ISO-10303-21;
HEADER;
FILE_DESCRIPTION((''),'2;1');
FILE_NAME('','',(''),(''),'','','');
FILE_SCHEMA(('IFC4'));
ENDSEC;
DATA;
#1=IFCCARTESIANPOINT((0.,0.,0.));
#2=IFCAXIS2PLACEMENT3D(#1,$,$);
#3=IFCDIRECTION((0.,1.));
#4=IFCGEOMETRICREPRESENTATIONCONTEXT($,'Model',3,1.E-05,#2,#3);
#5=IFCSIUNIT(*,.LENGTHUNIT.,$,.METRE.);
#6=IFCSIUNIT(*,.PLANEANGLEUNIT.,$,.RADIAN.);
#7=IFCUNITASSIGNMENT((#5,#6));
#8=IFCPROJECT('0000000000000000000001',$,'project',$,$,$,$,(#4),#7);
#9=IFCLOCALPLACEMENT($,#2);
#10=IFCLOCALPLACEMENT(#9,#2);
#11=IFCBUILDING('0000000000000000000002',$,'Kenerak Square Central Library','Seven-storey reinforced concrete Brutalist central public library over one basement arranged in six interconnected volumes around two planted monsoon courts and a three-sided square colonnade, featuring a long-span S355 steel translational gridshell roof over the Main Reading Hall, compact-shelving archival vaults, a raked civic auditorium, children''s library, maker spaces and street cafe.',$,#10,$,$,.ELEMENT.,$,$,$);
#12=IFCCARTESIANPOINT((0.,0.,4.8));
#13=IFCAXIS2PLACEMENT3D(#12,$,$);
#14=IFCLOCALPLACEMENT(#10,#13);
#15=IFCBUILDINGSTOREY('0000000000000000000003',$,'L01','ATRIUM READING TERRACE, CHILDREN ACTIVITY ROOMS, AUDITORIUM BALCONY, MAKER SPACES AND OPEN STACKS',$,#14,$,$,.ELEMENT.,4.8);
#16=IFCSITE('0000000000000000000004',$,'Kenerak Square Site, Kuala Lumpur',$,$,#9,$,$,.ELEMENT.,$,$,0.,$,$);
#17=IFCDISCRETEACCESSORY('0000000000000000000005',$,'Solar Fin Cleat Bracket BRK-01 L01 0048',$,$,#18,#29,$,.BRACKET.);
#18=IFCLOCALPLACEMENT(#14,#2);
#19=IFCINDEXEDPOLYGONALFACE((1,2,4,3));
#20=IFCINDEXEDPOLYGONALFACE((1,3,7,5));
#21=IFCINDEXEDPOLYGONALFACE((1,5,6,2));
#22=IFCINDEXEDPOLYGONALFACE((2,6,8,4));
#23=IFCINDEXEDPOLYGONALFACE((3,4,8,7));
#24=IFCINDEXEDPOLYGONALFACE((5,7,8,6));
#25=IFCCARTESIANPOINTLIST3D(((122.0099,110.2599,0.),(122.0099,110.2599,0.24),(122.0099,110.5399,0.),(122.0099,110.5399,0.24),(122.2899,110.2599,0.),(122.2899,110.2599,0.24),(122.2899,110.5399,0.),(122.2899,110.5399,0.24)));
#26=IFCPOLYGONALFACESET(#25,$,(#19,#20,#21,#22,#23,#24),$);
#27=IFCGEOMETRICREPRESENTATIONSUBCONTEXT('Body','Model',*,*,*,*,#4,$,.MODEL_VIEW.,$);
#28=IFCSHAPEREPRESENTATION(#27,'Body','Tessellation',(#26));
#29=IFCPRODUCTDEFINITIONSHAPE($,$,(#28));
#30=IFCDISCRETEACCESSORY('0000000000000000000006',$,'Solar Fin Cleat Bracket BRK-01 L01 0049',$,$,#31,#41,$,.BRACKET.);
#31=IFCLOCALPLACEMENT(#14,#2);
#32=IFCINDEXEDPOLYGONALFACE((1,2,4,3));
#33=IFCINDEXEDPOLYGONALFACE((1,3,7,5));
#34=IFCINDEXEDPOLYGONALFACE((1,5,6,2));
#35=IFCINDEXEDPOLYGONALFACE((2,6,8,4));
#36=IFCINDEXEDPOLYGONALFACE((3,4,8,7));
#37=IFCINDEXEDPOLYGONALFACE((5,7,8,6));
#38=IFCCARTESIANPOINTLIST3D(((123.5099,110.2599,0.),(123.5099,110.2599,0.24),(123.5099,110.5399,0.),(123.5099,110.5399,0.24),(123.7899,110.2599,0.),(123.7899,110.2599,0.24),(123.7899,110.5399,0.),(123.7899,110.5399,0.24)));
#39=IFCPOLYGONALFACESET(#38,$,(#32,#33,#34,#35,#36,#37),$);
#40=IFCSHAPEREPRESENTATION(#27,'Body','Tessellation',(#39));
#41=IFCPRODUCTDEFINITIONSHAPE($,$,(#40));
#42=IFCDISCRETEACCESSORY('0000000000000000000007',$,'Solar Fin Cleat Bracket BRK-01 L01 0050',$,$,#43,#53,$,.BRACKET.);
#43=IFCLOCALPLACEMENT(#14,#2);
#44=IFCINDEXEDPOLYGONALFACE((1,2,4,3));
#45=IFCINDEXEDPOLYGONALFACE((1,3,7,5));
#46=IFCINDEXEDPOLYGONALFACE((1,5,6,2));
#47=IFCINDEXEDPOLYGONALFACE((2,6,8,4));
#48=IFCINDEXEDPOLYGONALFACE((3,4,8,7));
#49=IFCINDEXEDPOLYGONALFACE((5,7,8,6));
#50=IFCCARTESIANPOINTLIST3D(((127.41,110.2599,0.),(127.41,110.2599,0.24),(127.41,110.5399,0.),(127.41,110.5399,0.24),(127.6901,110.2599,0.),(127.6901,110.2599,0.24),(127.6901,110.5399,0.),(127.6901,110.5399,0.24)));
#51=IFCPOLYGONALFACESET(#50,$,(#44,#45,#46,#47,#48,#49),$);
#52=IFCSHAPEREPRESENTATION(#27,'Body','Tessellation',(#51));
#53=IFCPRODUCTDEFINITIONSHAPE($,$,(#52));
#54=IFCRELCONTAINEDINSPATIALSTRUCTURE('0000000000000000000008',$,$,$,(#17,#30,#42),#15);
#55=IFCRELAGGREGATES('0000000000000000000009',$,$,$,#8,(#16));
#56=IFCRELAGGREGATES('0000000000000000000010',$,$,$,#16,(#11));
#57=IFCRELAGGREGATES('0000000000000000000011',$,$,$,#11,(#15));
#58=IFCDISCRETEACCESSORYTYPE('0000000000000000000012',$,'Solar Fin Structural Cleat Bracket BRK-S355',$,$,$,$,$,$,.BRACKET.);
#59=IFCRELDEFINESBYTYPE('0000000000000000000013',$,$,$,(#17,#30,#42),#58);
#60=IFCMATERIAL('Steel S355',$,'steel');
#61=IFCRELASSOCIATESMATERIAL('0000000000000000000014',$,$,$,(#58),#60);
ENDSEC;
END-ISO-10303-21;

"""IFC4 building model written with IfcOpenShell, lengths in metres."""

from ifc_helpers import new_model, si_unit, direction, frame, origin, origin_2d, place, context, subcontext, project, spatial, rectangle, extrude, material, type_object, element, save


model = new_model("IFC4")

# Units and contexts
model_context = context("Model", 3, precision=1e-05, world=origin(), true_north=direction((0.0, 1.0)))
body_context = subcontext(model_context, "Body", "Model", "MODEL_VIEW")
ifc_project = project(units=[si_unit("LENGTHUNIT", "METRE"), si_unit("PLANEANGLEUNIT", "RADIAN")], contexts=[model_context])

# Site, building, storey
site_placement = place(None, origin())
site = spatial("IfcSite", under=ifc_project, at=site_placement, Name="Kenerak Square Site, Kuala Lumpur", CompositionType="ELEMENT", RefElevation=0.0)
building_placement = place(site_placement, origin())
building = spatial("IfcBuilding", under=site, at=building_placement, Name="Kenerak Square Central Library", Description="Seven-storey reinforced concrete Brutalist central public library over one basement arranged in six interconnected volumes around two planted monsoon courts and a three-sided square colonnade, featuring a long-span S355 steel translational gridshell roof over the Main Reading Hall, compact-shelving archival vaults, a raked civic auditorium, children's library, maker spaces and street cafe.", CompositionType="ELEMENT")
storey_placement = place(building_placement, frame((0.0, 0.0, 4.8)))
storey = spatial("IfcBuildingStorey", under=building, at=storey_placement, Name="L01", Description="ATRIUM READING TERRACE, CHILDREN ACTIVITY ROOMS, AUDITORIUM BALCONY, MAKER SPACES AND OPEN STACKS", CompositionType="ELEMENT", Elevation=4.8)

# Discrete accessories
ifc_material_1 = material(Name="Steel S355", Category="steel")
discrete_accessory_type = type_object("IfcDiscreteAccessoryType", Name="Solar Fin Structural Cleat Bracket BRK-S355", PredefinedType="BRACKET", material=ifc_material_1)
for number, where, z_axis, x_axis, name in (
    (1, (122.1499, 110.3999, 0.0), (0.0, 0.0, 1.0), (1.0, 0.0, 0.0), "Solar Fin Cleat Bracket BRK-01 L01 0048"),
    (2, (123.6499, 110.3999, 0.0), (0.0, 0.0, 1.0), (1.0, 0.0, 0.0), "Solar Fin Cleat Bracket BRK-01 L01 0049"),
    (3, (127.55, 110.3999, 0.0), (0.0, 0.0, 1.0), (1.0, 0.0, 0.0), "Solar Fin Cleat Bracket BRK-01 L01 0050"),
):
    element("IfcDiscreteAccessory", number, at=place(storey_placement, frame(where, z_axis=z_axis, x_axis=x_axis)), inside=storey, type_object=discrete_accessory_type, Name=name, PredefinedType="BRACKET", context=body_context, shape_type="SweptSolid", body=[
        extrude(rectangle(XDim=0.28, YDim=0.28, at=origin_2d()), origin(), (0.0, 0.0, 1.0), 0.24),
    ])

save(model, "model.ifc")
